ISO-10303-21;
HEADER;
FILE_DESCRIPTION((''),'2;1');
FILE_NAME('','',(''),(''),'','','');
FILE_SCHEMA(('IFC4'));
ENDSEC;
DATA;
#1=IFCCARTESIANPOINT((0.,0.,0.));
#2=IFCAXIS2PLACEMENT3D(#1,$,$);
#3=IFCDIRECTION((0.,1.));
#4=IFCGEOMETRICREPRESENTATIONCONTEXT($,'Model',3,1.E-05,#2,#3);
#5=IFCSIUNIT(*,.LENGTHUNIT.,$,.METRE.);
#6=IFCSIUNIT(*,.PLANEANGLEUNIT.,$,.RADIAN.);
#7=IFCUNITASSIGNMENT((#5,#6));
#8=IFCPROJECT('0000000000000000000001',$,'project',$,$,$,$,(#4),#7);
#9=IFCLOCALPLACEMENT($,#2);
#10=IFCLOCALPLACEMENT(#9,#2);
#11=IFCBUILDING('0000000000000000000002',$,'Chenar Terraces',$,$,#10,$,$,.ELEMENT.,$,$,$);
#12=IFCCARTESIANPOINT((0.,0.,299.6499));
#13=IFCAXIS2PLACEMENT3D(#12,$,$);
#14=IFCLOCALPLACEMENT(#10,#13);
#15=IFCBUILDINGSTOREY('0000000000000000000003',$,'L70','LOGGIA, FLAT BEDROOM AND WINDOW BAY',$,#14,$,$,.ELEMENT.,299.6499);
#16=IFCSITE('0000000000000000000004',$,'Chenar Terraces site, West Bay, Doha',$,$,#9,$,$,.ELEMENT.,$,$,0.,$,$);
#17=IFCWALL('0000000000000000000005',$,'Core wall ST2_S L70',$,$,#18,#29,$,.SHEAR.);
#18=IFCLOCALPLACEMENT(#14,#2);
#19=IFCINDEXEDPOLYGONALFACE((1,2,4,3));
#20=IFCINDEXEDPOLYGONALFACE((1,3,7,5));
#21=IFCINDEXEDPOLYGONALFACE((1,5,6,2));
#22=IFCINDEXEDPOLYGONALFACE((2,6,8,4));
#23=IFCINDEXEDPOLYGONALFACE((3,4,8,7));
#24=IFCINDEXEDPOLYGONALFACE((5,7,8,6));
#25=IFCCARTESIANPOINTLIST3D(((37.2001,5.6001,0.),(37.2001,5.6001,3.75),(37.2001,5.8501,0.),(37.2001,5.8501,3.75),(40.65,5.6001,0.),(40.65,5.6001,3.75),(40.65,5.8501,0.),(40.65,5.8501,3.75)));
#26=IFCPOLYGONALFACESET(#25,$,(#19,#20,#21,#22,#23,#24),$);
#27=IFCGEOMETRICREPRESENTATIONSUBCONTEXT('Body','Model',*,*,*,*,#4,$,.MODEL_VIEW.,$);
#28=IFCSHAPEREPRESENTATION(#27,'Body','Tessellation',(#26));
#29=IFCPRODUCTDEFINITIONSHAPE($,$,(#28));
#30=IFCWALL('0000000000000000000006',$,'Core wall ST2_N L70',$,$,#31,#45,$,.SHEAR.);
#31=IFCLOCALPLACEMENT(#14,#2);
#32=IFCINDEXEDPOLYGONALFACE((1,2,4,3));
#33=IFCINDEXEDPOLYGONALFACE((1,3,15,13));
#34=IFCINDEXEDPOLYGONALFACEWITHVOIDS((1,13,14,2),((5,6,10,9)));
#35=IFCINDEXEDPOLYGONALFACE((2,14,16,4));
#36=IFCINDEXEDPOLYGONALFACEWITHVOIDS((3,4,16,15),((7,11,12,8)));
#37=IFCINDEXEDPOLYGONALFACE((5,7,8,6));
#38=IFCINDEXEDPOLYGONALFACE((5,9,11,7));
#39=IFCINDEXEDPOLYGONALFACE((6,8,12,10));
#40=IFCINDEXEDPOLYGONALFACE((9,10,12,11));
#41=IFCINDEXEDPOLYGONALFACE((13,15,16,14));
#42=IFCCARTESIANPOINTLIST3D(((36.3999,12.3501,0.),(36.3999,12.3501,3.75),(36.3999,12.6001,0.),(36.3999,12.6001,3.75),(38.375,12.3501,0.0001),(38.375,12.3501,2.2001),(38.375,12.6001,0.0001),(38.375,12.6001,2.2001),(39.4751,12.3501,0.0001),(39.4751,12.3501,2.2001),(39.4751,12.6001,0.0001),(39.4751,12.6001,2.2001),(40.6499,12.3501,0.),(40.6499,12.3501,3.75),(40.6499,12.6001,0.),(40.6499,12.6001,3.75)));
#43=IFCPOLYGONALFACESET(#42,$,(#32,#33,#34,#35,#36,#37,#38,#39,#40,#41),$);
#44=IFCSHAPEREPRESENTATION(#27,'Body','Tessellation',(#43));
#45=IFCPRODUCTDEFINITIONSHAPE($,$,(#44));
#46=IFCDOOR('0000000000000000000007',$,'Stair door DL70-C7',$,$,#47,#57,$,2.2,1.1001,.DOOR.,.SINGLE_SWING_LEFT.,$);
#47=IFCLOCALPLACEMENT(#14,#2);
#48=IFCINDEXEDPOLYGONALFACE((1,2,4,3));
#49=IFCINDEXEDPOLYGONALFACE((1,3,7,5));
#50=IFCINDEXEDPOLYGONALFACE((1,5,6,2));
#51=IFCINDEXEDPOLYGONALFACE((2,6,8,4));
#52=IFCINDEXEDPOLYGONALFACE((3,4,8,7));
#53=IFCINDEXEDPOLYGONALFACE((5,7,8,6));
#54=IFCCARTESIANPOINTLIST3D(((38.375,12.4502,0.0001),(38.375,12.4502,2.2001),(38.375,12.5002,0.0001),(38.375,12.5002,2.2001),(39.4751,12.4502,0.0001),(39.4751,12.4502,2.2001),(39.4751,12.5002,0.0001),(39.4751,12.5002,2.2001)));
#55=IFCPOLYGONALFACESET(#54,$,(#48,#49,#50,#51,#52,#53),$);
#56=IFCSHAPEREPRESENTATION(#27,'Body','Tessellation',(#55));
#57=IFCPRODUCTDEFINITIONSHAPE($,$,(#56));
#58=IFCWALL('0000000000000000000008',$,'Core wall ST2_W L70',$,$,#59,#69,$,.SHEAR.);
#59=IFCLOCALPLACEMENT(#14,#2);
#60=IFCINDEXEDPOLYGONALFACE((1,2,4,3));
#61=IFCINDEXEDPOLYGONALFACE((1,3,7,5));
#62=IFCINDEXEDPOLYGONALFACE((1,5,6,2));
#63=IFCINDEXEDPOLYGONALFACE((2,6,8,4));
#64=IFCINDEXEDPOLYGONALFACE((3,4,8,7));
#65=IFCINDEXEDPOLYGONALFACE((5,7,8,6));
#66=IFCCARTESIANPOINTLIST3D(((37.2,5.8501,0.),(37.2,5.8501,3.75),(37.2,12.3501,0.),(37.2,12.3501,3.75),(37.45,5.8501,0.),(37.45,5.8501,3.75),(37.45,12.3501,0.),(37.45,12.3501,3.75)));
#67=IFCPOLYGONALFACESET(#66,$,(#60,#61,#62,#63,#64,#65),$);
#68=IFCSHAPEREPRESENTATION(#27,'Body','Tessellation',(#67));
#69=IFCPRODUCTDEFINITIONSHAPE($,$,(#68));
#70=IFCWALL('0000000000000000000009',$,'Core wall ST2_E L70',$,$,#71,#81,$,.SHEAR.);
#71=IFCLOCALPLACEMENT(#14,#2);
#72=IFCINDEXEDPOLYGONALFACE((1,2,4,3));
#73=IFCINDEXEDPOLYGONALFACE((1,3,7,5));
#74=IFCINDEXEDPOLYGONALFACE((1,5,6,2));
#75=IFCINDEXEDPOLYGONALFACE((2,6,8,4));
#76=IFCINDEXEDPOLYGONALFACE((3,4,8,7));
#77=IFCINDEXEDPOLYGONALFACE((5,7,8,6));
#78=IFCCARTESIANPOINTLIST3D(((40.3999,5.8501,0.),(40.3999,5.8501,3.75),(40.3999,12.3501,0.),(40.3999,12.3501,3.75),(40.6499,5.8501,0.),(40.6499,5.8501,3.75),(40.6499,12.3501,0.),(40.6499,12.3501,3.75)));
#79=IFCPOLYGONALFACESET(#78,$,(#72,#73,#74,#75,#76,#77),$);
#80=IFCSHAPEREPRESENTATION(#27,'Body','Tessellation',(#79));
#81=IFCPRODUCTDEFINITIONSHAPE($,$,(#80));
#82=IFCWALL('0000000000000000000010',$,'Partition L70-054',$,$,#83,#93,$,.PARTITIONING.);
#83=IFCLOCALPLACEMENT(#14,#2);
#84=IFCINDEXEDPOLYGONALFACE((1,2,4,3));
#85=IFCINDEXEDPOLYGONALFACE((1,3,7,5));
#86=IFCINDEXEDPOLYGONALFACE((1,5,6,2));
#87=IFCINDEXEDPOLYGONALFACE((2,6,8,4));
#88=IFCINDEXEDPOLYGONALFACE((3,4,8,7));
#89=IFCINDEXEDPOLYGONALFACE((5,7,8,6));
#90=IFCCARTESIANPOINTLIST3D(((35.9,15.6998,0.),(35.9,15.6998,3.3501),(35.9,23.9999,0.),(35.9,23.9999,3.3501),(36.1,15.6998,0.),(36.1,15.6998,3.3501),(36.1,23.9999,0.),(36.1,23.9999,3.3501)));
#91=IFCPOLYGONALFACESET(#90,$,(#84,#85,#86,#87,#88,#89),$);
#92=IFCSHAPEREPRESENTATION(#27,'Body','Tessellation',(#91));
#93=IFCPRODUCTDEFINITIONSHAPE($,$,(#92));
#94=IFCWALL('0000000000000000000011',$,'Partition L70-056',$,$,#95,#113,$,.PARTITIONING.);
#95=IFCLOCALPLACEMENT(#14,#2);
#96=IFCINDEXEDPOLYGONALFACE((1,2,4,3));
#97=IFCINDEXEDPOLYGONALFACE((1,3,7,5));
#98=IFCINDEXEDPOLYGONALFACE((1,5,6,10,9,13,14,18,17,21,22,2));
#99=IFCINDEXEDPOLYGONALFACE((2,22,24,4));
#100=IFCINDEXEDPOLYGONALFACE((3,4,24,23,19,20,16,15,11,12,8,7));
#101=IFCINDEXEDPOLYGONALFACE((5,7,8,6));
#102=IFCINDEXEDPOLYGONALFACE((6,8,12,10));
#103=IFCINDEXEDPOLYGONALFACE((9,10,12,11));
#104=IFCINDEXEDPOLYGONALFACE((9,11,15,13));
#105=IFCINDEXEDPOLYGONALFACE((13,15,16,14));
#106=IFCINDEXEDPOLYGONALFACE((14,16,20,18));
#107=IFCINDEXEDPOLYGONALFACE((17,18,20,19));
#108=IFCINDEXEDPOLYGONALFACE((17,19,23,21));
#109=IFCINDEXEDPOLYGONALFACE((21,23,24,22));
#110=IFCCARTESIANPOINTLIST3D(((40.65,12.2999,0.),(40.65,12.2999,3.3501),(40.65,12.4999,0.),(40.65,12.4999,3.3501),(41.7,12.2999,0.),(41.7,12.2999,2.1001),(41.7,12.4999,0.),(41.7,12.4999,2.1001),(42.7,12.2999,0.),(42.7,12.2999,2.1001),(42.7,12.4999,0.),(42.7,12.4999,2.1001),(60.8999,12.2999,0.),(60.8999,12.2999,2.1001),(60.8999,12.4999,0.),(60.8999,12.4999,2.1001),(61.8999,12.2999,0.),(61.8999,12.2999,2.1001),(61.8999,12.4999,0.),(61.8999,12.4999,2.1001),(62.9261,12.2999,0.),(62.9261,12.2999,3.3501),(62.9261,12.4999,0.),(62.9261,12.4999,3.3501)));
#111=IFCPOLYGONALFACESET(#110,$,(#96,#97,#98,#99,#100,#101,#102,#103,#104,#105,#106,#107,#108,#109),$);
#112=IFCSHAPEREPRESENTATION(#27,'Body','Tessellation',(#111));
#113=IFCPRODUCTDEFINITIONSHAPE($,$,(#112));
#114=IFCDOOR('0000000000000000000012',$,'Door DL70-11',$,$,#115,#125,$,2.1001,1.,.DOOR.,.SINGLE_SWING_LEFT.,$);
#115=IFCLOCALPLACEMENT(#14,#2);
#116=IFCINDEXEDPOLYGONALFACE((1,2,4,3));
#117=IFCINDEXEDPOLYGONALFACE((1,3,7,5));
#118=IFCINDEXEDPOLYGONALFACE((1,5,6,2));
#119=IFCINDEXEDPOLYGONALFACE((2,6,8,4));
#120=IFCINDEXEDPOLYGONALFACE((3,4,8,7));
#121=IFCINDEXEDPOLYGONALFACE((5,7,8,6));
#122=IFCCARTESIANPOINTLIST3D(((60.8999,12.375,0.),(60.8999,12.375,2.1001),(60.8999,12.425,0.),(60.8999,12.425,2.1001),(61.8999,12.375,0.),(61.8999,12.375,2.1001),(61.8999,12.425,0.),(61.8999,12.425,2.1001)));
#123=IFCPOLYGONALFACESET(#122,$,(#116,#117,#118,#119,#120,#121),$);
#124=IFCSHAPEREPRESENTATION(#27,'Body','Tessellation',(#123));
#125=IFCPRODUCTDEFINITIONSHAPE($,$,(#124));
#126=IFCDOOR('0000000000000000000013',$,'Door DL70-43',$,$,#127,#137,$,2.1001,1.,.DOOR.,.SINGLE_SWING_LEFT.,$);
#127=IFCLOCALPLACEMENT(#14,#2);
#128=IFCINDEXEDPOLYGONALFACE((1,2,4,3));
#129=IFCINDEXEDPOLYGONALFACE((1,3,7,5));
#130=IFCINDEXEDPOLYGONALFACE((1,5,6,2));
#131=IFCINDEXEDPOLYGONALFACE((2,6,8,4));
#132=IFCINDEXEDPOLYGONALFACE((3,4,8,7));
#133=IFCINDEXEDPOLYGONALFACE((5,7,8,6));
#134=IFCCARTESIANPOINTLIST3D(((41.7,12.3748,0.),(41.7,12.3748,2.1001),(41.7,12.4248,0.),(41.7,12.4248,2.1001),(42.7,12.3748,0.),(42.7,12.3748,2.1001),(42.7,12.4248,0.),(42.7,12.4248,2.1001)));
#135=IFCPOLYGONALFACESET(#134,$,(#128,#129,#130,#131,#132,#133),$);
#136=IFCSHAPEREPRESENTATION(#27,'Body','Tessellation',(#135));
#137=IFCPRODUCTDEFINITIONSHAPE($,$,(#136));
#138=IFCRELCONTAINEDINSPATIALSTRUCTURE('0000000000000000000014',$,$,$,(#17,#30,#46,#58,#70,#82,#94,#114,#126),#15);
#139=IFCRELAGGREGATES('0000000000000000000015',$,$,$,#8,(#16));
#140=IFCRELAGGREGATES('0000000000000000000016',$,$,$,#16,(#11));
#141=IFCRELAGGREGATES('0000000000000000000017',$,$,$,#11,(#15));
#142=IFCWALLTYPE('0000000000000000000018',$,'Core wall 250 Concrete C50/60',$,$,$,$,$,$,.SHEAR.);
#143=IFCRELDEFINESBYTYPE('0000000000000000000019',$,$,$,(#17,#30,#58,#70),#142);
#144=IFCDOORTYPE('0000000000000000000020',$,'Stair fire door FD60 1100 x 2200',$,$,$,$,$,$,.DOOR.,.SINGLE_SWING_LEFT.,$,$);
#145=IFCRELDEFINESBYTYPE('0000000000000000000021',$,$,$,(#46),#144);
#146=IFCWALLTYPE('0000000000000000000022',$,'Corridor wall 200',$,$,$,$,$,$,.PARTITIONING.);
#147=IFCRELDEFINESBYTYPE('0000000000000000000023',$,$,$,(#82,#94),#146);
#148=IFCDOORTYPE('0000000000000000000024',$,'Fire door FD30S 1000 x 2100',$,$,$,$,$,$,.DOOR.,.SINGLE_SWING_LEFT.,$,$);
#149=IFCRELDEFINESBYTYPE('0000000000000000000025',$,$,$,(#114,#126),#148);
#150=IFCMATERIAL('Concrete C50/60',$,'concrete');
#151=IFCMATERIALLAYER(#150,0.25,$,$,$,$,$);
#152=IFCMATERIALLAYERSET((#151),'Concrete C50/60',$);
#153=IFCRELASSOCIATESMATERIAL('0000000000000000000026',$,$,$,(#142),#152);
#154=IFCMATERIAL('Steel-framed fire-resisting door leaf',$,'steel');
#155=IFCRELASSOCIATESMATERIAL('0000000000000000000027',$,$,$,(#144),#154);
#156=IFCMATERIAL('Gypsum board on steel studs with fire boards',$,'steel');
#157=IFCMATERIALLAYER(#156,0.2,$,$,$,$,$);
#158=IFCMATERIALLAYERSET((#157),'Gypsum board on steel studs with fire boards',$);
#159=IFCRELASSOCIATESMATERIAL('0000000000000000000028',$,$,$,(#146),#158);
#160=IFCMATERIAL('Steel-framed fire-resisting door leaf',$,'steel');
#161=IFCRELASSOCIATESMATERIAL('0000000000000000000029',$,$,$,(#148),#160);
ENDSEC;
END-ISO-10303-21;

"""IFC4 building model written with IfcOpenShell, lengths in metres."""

from ifc_helpers import new_model, si_unit, direction, frame, frame_2d, origin, place, context, subcontext, project, spatial, rectangle, extrude, material, layer, layer_set, type_object, element, fill, save


model = new_model("IFC4")

# Units and contexts
model_context = context("Model", 3, precision=1e-05, world=origin(), true_north=direction((0.0, 1.0)))
body_context = subcontext(model_context, "Body", "Model", "MODEL_VIEW")
ifc_project = project(units=[si_unit("LENGTHUNIT", "METRE"), si_unit("PLANEANGLEUNIT", "RADIAN")], contexts=[model_context])

# Site, building, storey
site_placement = place(None, origin())
site = spatial("IfcSite", under=ifc_project, at=site_placement, Name="Chenar Terraces site, West Bay, Doha", CompositionType="ELEMENT", RefElevation=0.0)
building_placement = place(site_placement, origin())
building = spatial("IfcBuilding", under=site, at=building_placement, Name="Chenar Terraces", CompositionType="ELEMENT")
storey_placement = place(building_placement, frame((0.0, 0.0, 299.6499)))
storey = spatial("IfcBuildingStorey", under=building, at=storey_placement, Name="L70", Description="LOGGIA, FLAT BEDROOM AND WINDOW BAY", CompositionType="ELEMENT", Elevation=299.6499)

# Wall
ifc_material_1 = material(Name="Concrete C50/60", Category="concrete")
ifc_layer_1 = layer(ifc_material_1, 0.25)
ifc_layer_set_1 = layer_set([ifc_layer_1], Name="Concrete C50/60")
wall_type_1 = type_object("IfcWallType", Name="Core wall 250 Concrete C50/60", PredefinedType="SHEAR", material=ifc_layer_set_1)
wall_1_placement = place(storey_placement, frame((37.2, 5.7251, 0.0), z_axis=(0.0, 0.0, 1.0), x_axis=(1.0, 0.0, 0.0)))
element("IfcWall", 1, at=wall_1_placement, inside=storey, type_object=wall_type_1, Name="Core wall ST2_S L70", PredefinedType="SHEAR", context=body_context, shape_type="SweptSolid", body=[
    extrude(rectangle(XDim=3.45, YDim=0.25, at=frame_2d((1.7251, 0.0))), origin(), (0.0, 0.0, 1.0), 3.75),
])

# Wall, opening, door
wall_2_placement = place(storey_placement, frame((36.3999, 12.4751, 0.0), z_axis=(0.0, 0.0, 1.0), x_axis=(1.0, 0.0, 0.0)))
wall_2 = element("IfcWall", 2, at=wall_2_placement, inside=storey, type_object=wall_type_1, Name="Core wall ST2_N L70", PredefinedType="SHEAR", context=body_context, shape_type="SweptSolid", body=[
    extrude(rectangle(XDim=4.25, YDim=0.25, at=frame_2d((2.125, 0.0))), origin(), (0.0, 0.0, 1.0), 3.75),
])
opening_1_placement = place(wall_2_placement, frame((1.9751, 0.0, 0.0)))
opening_1 = element("IfcOpeningElement", 3, at=opening_1_placement, cuts=wall_2, PredefinedType="OPENING", context=body_context, shape_type="SweptSolid", body=[
    extrude(rectangle(XDim=1.1001, YDim=2.2, at=frame_2d((0.55, 1.1001))), frame((0.0, 0.135, 0.0), z_axis=(0.0, -1.0, 0.0), x_axis=(1.0, 0.0, 0.0)), (0.0, 0.0, 1.0), 0.27),
])
ifc_material_2 = material(Name="Steel-framed fire-resisting door leaf", Category="steel")
door_type_1 = type_object("IfcDoorType", Name="Stair fire door FD60 1100 x 2200", OperationType="SINGLE_SWING_LEFT", PredefinedType="DOOR", material=ifc_material_2)
door_1_placement = place(opening_1_placement, frame((1.1001, 0.0, 0.0), z_axis=(0.0, 0.0, 1.0), x_axis=(-1.0, 0.0, 0.0)))
door_1 = element("IfcDoor", 4, at=door_1_placement, inside=storey, type_object=door_type_1, Name="Stair door DL70-C7", OperationType="SINGLE_SWING_LEFT", OverallHeight=2.2, OverallWidth=1.1001, PredefinedType="DOOR", context=body_context, shape_type="SweptSolid", body=[
    extrude(rectangle(XDim=1.1001, YDim=2.2, at=frame_2d((0.55, 1.1001))), frame((0.0, 0.0249, 0.0), z_axis=(0.0, -1.0, 0.0), x_axis=(1.0, 0.0, 0.0)), (0.0, 0.0, 1.0), 0.05),
])
fill(opening_1, door_1)

# Walls
for number, where, z_axis, x_axis, name in (
    (5, (37.325, 5.8501, 0.0), (0.0, 0.0, 1.0), (0.0, 1.0, 0.0), "Core wall ST2_W L70"),
    (6, (40.5249, 5.8501, 0.0), (0.0, 0.0, 1.0), (0.0, 1.0, 0.0), "Core wall ST2_E L70"),
):
    element("IfcWall", number, at=place(storey_placement, frame(where, z_axis=z_axis, x_axis=x_axis)), inside=storey, type_object=wall_type_1, Name=name, PredefinedType="SHEAR", context=body_context, shape_type="SweptSolid", body=[
        extrude(rectangle(XDim=6.5, YDim=0.25, at=frame_2d((3.25, 0.0))), origin(), (0.0, 0.0, 1.0), 3.75),
    ])
ifc_material_3 = material(Name="Gypsum board on steel studs with fire boards", Category="steel")
ifc_layer_2 = layer(ifc_material_3, 0.2)
ifc_layer_set_2 = layer_set([ifc_layer_2], Name="Gypsum board on steel studs with fire boards")
wall_type_2 = type_object("IfcWallType", Name="Corridor wall 200", PredefinedType="PARTITIONING", material=ifc_layer_set_2)
wall_3_placement = place(storey_placement, frame((36.0, 15.7, 0.0), z_axis=(0.0, 0.0, 1.0), x_axis=(0.0, 1.0, 0.0)))
element("IfcWall", 7, at=wall_3_placement, inside=storey, type_object=wall_type_2, Name="Partition L70-054", PredefinedType="PARTITIONING", context=body_context, shape_type="SweptSolid", body=[
    extrude(rectangle(XDim=8.3, YDim=0.2, at=frame_2d((4.1499, 0.0))), origin(), (0.0, 0.0, 1.0), 3.3501),
])

# Wall, openings, doors
wall_4_placement = place(storey_placement, frame((40.6499, 12.3999, 0.0), z_axis=(0.0, 0.0, 1.0), x_axis=(1.0, 0.0, 0.0)))
wall_4 = element("IfcWall", 8, at=wall_4_placement, inside=storey, type_object=wall_type_2, Name="Partition L70-056", PredefinedType="PARTITIONING", context=body_context, shape_type="SweptSolid", body=[
    extrude(rectangle(XDim=22.2761, YDim=0.2, at=frame_2d((11.1382, 0.0))), origin(), (0.0, 0.0, 1.0), 3.3501),
])
opening_2_placement = place(wall_4_placement, frame((20.25, 0.0, 0.0)))
opening_2 = element("IfcOpeningElement", 9, at=opening_2_placement, cuts=wall_4, PredefinedType="OPENING", context=body_context, shape_type="SweptSolid", body=[
    extrude(rectangle(XDim=1.0, YDim=2.1001, at=frame_2d((0.5, 1.05))), frame((0.0, 0.1099, 0.0), z_axis=(0.0, -1.0, 0.0), x_axis=(1.0, 0.0, 0.0)), (0.0, 0.0, 1.0), 0.22),
])
opening_3_placement = place(wall_4_placement, frame((1.05, 0.0, 0.0)))
opening_3 = element("IfcOpeningElement", 10, at=opening_3_placement, cuts=wall_4, PredefinedType="OPENING", context=body_context, shape_type="SweptSolid", body=[
    extrude(rectangle(XDim=1.0, YDim=2.1001, at=frame_2d((0.5, 1.05))), frame((0.0, 0.1099, 0.0), z_axis=(0.0, -1.0, 0.0), x_axis=(1.0, 0.0, 0.0)), (0.0, 0.0, 1.0), 0.22),
])
ifc_material_4 = material(Name="Steel-framed fire-resisting door leaf", Category="steel")
door_type_2 = type_object("IfcDoorType", Name="Fire door FD30S 1000 x 2100", OperationType="SINGLE_SWING_LEFT", PredefinedType="DOOR", material=ifc_material_4)
door_2_placement = place(opening_2_placement, frame((1.0, 0.0, 0.0), z_axis=(0.0, 0.0, 1.0), x_axis=(-1.0, 0.0, 0.0)))
door_2 = element("IfcDoor", 11, at=door_2_placement, inside=storey, type_object=door_type_2, Name="Door DL70-11", OperationType="SINGLE_SWING_LEFT", OverallHeight=2.1001, OverallWidth=1.0, PredefinedType="DOOR", context=body_context, shape_type="SweptSolid", body=[
    extrude(rectangle(XDim=1.0, YDim=2.1001, at=frame_2d((0.5, 1.05))), frame((0.0, 0.0249, 0.0), z_axis=(0.0, -1.0, 0.0), x_axis=(1.0, 0.0, 0.0)), (0.0, 0.0, 1.0), 0.05),
])
fill(opening_2, door_2)
door_3_placement = place(opening_3_placement, origin())
door_3 = element("IfcDoor", 12, at=door_3_placement, inside=storey, type_object=door_type_2, Name="Door DL70-43", OperationType="SINGLE_SWING_LEFT", OverallHeight=2.1001, OverallWidth=1.0, PredefinedType="DOOR", context=body_context, shape_type="SweptSolid", body=[
    extrude(rectangle(XDim=1.0, YDim=2.1001, at=frame_2d((0.5, 1.05))), frame((0.0, 0.0249, 0.0), z_axis=(0.0, -1.0, 0.0), x_axis=(1.0, 0.0, 0.0)), (0.0, 0.0, 1.0), 0.05),
])
fill(opening_3, door_3)

save(model, "model.ifc")
